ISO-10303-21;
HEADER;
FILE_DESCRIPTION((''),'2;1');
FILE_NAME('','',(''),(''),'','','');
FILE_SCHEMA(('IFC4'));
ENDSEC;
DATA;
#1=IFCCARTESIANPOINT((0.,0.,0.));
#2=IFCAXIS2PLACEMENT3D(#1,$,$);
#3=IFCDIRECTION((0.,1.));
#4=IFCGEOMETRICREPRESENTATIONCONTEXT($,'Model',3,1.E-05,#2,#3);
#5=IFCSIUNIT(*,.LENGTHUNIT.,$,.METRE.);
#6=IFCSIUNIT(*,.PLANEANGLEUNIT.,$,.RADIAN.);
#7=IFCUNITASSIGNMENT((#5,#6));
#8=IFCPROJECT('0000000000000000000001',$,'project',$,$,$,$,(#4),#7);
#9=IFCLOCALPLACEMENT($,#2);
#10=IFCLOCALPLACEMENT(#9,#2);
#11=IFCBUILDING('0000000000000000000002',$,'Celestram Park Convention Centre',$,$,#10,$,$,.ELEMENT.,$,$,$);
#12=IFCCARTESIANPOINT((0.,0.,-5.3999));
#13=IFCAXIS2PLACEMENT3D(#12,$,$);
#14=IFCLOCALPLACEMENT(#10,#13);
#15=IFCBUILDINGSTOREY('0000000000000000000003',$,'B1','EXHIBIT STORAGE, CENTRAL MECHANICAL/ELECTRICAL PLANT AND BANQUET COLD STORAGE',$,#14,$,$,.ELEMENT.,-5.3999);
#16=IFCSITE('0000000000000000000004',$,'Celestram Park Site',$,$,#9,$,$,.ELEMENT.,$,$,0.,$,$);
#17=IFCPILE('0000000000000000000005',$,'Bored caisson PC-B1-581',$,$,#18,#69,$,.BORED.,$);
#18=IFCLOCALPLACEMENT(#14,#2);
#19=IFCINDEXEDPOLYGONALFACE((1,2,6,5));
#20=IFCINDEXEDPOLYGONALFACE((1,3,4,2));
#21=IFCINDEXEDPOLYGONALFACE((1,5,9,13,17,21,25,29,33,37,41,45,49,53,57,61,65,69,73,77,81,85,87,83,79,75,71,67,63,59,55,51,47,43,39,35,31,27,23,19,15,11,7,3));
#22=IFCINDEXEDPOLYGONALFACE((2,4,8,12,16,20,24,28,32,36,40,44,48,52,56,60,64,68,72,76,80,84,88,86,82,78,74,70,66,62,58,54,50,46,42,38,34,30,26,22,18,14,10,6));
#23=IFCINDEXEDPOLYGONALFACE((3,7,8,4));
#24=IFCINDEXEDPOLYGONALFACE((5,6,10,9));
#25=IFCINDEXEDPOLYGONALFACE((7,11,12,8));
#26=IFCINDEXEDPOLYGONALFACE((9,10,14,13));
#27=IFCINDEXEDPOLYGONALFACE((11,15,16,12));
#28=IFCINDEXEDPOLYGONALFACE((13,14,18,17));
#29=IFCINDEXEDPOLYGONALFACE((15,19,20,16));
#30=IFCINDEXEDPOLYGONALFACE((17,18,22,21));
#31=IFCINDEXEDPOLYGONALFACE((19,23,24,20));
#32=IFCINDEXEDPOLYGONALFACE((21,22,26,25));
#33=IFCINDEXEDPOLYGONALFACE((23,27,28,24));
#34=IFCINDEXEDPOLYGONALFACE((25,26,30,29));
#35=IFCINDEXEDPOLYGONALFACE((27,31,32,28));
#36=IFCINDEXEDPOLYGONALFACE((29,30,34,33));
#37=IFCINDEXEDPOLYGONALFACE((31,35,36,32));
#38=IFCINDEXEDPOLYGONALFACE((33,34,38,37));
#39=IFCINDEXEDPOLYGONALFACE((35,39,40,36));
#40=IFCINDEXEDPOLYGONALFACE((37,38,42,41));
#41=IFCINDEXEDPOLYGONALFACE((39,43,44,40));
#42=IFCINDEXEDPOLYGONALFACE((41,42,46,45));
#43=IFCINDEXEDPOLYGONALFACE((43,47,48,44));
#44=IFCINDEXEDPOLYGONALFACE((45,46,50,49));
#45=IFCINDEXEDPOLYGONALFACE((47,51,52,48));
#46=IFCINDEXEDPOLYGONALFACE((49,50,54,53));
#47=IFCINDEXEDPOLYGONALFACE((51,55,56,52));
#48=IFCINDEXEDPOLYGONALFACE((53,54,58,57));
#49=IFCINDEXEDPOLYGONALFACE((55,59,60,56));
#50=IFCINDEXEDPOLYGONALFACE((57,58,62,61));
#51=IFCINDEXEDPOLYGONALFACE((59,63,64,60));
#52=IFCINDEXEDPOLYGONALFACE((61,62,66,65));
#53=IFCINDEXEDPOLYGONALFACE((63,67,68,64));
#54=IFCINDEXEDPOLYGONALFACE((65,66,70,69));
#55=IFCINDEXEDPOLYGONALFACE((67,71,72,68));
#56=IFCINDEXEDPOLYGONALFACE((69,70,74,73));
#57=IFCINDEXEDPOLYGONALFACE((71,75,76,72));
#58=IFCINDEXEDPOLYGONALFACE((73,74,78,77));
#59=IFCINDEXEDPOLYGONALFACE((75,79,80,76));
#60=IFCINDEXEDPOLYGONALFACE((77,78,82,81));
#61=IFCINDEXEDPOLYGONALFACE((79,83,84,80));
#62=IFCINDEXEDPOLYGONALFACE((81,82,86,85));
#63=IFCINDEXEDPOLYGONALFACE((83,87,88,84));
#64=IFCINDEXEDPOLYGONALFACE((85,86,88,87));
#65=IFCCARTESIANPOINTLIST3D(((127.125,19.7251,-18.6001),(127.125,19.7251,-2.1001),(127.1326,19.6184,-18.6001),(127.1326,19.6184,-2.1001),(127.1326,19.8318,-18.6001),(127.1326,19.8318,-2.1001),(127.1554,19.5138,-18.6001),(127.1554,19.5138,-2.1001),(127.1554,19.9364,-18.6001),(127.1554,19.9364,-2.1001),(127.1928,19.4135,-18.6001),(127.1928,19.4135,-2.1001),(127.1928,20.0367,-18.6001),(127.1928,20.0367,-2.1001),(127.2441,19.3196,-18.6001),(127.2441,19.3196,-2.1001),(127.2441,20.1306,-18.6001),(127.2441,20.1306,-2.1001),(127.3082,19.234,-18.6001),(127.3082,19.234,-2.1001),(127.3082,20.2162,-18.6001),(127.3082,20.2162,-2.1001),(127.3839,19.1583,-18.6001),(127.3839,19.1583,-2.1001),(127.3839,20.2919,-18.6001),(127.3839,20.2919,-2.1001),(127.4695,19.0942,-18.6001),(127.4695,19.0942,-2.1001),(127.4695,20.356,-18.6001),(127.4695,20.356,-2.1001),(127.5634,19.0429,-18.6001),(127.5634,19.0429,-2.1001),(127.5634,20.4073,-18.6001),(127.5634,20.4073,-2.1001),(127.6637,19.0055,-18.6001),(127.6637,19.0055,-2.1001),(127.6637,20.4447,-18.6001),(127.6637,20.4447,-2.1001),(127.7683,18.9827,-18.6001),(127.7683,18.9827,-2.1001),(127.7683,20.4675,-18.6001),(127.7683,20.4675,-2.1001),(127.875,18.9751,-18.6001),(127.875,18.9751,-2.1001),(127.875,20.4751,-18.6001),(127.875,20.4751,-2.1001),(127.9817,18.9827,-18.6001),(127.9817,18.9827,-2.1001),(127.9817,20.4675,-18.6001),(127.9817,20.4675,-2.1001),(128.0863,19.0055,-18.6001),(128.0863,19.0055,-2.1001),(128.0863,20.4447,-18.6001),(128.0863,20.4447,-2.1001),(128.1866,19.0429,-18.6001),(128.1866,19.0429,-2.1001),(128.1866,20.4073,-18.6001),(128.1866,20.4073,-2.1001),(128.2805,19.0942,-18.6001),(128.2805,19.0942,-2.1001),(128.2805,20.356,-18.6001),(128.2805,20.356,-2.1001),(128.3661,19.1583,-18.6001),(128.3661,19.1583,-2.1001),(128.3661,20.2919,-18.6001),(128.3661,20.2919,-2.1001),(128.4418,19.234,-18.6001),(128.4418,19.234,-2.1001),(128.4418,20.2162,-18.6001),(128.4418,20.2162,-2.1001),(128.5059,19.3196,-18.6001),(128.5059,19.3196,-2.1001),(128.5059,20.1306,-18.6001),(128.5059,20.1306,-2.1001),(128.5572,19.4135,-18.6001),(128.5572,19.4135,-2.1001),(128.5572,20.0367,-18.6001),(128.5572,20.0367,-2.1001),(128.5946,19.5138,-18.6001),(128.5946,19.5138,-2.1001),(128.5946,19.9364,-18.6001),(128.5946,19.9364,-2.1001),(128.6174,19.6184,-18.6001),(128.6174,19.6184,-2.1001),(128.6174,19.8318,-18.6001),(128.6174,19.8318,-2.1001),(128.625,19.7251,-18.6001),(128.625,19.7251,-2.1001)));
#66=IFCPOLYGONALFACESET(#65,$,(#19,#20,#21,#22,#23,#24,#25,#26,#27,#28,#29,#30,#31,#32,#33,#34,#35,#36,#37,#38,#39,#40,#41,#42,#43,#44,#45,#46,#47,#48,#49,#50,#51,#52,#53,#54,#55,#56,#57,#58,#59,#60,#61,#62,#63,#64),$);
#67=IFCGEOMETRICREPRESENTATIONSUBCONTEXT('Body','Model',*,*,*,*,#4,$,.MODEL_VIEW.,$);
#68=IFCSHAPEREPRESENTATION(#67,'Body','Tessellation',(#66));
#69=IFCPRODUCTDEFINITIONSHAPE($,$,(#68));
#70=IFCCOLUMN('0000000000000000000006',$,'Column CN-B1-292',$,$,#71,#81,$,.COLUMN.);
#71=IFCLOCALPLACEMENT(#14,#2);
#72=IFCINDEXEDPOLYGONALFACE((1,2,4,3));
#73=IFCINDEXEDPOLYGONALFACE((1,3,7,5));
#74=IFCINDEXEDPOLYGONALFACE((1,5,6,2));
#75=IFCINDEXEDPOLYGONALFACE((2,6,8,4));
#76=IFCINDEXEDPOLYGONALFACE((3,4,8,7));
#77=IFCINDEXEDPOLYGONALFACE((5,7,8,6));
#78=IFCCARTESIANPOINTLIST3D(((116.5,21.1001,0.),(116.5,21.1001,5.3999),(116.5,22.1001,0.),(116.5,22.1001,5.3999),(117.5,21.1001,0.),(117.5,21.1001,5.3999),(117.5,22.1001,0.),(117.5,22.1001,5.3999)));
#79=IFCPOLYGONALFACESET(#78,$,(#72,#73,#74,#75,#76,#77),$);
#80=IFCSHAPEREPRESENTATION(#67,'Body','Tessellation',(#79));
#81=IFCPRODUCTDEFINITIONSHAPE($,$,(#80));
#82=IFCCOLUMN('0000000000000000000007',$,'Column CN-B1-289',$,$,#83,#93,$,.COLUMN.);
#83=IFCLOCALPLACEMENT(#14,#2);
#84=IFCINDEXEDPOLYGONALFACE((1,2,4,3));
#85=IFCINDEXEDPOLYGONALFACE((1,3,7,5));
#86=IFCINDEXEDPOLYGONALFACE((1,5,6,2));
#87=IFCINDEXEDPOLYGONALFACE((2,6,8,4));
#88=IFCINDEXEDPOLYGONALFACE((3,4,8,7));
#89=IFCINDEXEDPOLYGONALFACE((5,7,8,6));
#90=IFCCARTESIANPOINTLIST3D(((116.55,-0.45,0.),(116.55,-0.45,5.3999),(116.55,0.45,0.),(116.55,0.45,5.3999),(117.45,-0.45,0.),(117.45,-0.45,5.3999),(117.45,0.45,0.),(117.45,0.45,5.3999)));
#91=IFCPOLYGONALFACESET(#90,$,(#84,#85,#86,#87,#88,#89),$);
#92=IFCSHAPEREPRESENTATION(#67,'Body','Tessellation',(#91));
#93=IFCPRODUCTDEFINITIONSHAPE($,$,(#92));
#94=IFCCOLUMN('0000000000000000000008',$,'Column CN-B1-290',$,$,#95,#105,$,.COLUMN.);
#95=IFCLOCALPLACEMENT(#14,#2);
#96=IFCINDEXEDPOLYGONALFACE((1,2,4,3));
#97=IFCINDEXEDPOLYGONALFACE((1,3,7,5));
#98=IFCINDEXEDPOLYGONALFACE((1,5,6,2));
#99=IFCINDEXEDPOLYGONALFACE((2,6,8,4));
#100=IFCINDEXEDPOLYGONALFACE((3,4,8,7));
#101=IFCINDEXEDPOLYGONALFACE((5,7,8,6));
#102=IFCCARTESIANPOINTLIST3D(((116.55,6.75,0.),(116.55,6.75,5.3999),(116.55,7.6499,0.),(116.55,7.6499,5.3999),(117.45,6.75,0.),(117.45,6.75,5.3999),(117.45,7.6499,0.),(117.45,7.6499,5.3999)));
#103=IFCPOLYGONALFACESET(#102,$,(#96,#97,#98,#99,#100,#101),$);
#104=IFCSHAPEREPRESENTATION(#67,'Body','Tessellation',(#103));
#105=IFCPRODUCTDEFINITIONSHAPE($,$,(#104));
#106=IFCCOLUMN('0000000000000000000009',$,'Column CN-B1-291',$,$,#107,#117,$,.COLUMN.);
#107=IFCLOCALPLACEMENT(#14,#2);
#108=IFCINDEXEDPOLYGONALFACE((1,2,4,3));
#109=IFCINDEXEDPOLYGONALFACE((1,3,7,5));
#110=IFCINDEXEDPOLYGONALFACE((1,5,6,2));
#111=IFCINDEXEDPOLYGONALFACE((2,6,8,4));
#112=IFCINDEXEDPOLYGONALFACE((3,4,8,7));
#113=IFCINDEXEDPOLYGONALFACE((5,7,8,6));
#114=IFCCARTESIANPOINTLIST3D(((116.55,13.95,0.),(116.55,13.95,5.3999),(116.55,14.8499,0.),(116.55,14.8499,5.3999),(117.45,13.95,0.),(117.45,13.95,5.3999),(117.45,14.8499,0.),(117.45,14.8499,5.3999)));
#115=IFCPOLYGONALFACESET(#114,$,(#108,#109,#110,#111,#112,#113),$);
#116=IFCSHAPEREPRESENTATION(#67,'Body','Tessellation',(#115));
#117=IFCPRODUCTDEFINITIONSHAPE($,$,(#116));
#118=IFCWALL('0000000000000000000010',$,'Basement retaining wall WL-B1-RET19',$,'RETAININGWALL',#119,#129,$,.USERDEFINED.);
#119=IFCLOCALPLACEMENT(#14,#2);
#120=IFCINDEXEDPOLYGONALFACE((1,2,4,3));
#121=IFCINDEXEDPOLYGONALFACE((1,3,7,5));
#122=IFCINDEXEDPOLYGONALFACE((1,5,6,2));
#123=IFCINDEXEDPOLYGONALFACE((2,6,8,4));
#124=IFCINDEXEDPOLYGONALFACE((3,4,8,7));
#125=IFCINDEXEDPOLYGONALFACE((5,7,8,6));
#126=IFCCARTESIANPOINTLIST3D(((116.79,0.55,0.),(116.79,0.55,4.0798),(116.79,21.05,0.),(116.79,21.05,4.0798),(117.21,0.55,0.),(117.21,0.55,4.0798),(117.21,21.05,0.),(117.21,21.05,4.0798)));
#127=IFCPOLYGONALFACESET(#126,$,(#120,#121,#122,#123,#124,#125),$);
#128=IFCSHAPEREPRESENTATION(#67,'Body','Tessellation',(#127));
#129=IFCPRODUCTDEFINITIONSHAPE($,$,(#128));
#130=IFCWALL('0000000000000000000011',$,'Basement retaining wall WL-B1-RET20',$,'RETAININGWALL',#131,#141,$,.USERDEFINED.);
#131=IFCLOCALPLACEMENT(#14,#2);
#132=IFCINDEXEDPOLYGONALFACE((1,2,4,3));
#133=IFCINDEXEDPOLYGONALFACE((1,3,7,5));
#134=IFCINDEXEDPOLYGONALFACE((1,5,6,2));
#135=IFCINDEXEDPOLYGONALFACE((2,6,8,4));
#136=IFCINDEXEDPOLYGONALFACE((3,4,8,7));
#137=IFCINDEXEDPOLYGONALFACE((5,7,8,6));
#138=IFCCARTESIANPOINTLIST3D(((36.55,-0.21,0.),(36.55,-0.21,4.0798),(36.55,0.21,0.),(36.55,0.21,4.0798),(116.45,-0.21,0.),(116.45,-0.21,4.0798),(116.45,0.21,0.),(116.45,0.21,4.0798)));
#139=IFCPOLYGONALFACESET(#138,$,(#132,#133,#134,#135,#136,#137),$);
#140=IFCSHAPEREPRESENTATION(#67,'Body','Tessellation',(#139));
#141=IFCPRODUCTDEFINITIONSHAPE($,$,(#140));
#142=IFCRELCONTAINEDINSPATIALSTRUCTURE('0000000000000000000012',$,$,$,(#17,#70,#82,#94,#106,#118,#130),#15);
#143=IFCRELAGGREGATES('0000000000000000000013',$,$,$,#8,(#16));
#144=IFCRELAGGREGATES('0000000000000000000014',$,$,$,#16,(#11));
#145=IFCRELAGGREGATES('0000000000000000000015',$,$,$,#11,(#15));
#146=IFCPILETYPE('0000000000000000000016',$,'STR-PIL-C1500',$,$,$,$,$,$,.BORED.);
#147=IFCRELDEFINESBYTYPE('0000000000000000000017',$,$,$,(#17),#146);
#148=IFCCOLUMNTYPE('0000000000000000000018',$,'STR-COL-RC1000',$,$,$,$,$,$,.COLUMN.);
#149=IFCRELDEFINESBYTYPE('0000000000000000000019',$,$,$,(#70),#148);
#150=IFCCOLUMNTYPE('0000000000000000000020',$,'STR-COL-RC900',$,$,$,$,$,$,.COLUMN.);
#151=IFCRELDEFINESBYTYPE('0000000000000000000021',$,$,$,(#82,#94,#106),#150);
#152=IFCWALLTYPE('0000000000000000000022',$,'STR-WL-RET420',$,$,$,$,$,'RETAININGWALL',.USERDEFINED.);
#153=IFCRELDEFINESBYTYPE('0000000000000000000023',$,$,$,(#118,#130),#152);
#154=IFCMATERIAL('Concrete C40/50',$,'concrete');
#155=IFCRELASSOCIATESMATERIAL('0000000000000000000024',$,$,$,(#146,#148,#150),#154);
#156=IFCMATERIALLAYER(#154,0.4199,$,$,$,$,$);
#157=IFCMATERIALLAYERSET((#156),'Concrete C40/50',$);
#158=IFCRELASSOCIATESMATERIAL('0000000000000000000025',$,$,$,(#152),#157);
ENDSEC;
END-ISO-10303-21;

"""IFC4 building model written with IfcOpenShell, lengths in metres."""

from ifc_helpers import new_model, si_unit, direction, frame, frame_2d, origin, origin_2d, place, context, subcontext, project, spatial, rectangle, circle, extrude, material, layer, layer_set, material_profile, profile_set, type_object, element, save


model = new_model("IFC4")

# Units and contexts
model_context = context("Model", 3, precision=1e-05, world=origin(), true_north=direction((0.0, 1.0)))
body_context = subcontext(model_context, "Body", "Model", "MODEL_VIEW")
ifc_project = project(units=[si_unit("LENGTHUNIT", "METRE"), si_unit("PLANEANGLEUNIT", "RADIAN")], contexts=[model_context])

# Site, building, storey
site_placement = place(None, origin())
site = spatial("IfcSite", under=ifc_project, at=site_placement, Name="Celestram Park Site", CompositionType="ELEMENT", RefElevation=0.0)
building_placement = place(site_placement, origin())
building = spatial("IfcBuilding", under=site, at=building_placement, Name="Celestram Park Convention Centre", CompositionType="ELEMENT")
storey_placement = place(building_placement, frame((0.0, 0.0, -5.3999)))
storey = spatial("IfcBuildingStorey", under=building, at=storey_placement, Name="B1", Description="EXHIBIT STORAGE, CENTRAL MECHANICAL/ELECTRICAL PLANT AND BANQUET COLD STORAGE", CompositionType="ELEMENT", Elevation=-5.3999)

# Shared definitions
ifc_material_1 = material(Name="Concrete C40/50", Category="concrete")

# Pile
ifc_material_profile_1 = material_profile(ifc_material_1, circle(Radius=0.75, at=origin_2d()), Name="CAISSON1500")
ifc_profile_set_1 = profile_set([ifc_material_profile_1], Name="Concrete C40/50")
pile_type_1 = type_object("IfcPileType", Name="STR-PIL-C1500", PredefinedType="BORED", material=ifc_profile_set_1)
for number, where, z_axis, x_axis, name in (
    (1, (127.875, 19.7251, -2.1001), (0.0, 0.0, -1.0), (1.0, 0.0, 0.0), "Bored caisson PC-B1-581"),
):
    element("IfcPile", number, at=place(storey_placement, frame(where, z_axis=z_axis, x_axis=x_axis)), inside=storey, type_object=pile_type_1, Name=name, PredefinedType="BORED", context=body_context, shape_type="SweptSolid", body=[
        extrude(circle(Radius=0.75, at=origin_2d()), origin(), (0.0, 0.0, 1.0), 16.5),
    ])

# Columns
ifc_material_profile_2 = material_profile(ifc_material_1, rectangle(XDim=1.0, YDim=1.0, at=origin_2d()), Name="RC1000X1000")
ifc_profile_set_2 = profile_set([ifc_material_profile_2], Name="Concrete C40/50")
column_type_1 = type_object("IfcColumnType", Name="STR-COL-RC1000", PredefinedType="COLUMN", material=ifc_profile_set_2)
column_placement = place(storey_placement, frame((117.0, 21.6001, 0.0), z_axis=(0.0, 0.0, 1.0), x_axis=(1.0, 0.0, 0.0)))
element("IfcColumn", 2, at=column_placement, inside=storey, type_object=column_type_1, Name="Column CN-B1-292", PredefinedType="COLUMN", context=body_context, shape_type="SweptSolid", body=[
    extrude(rectangle(XDim=1.0, YDim=1.0, at=origin_2d()), origin(), (0.0, 0.0, 1.0), 5.3999),
])
ifc_material_profile_3 = material_profile(ifc_material_1, rectangle(XDim=0.8999, YDim=0.8999, at=origin_2d()), Name="RC900X900")
ifc_profile_set_3 = profile_set([ifc_material_profile_3], Name="Concrete C40/50")
column_type_2 = type_object("IfcColumnType", Name="STR-COL-RC900", PredefinedType="COLUMN", material=ifc_profile_set_3)
for number, where, z_axis, x_axis, name in (
    (3, (117.0, 0.0, 0.0), (0.0, 0.0, 1.0), (1.0, 0.0, 0.0), "Column CN-B1-289"),
    (4, (117.0, 7.2, 0.0), (0.0, 0.0, 1.0), (1.0, 0.0, 0.0), "Column CN-B1-290"),
    (5, (117.0, 14.3999, 0.0), (0.0, 0.0, 1.0), (1.0, 0.0, 0.0), "Column CN-B1-291"),
):
    element("IfcColumn", number, at=place(storey_placement, frame(where, z_axis=z_axis, x_axis=x_axis)), inside=storey, type_object=column_type_2, Name=name, PredefinedType="COLUMN", context=body_context, shape_type="SweptSolid", body=[
        extrude(rectangle(XDim=0.8999, YDim=0.8999, at=origin_2d()), origin(), (0.0, 0.0, 1.0), 5.3999),
    ])

# Walls
ifc_layer = layer(ifc_material_1, 0.4199)
ifc_layer_set = layer_set([ifc_layer], Name="Concrete C40/50")
wall_type = type_object("IfcWallType", Name="STR-WL-RET420", ElementType="RETAININGWALL", PredefinedType="USERDEFINED", material=ifc_layer_set)
wall_1_placement = place(storey_placement, frame((117.0, 21.05, 0.0), z_axis=(0.0, 0.0, 1.0), x_axis=(0.0, -1.0, 0.0)))
element("IfcWall", 6, at=wall_1_placement, inside=storey, type_object=wall_type, Name="Basement retaining wall WL-B1-RET19", ObjectType="RETAININGWALL", PredefinedType="USERDEFINED", context=body_context, shape_type="SweptSolid", body=[
    extrude(rectangle(XDim=20.5, YDim=0.4199, at=frame_2d((10.25, 0.0))), origin(), (0.0, 0.0, 1.0), 4.0798),
])
wall_2_placement = place(storey_placement, frame((116.45, 0.0, 0.0), z_axis=(0.0, 0.0, 1.0), x_axis=(-1.0, 0.0, 0.0)))
element("IfcWall", 7, at=wall_2_placement, inside=storey, type_object=wall_type, Name="Basement retaining wall WL-B1-RET20", ObjectType="RETAININGWALL", PredefinedType="USERDEFINED", context=body_context, shape_type="SweptSolid", body=[
    extrude(rectangle(XDim=79.8999, YDim=0.4199, at=frame_2d((39.95, 0.0))), origin(), (0.0, 0.0, 1.0), 4.0798),
])

save(model, "model.ifc")
